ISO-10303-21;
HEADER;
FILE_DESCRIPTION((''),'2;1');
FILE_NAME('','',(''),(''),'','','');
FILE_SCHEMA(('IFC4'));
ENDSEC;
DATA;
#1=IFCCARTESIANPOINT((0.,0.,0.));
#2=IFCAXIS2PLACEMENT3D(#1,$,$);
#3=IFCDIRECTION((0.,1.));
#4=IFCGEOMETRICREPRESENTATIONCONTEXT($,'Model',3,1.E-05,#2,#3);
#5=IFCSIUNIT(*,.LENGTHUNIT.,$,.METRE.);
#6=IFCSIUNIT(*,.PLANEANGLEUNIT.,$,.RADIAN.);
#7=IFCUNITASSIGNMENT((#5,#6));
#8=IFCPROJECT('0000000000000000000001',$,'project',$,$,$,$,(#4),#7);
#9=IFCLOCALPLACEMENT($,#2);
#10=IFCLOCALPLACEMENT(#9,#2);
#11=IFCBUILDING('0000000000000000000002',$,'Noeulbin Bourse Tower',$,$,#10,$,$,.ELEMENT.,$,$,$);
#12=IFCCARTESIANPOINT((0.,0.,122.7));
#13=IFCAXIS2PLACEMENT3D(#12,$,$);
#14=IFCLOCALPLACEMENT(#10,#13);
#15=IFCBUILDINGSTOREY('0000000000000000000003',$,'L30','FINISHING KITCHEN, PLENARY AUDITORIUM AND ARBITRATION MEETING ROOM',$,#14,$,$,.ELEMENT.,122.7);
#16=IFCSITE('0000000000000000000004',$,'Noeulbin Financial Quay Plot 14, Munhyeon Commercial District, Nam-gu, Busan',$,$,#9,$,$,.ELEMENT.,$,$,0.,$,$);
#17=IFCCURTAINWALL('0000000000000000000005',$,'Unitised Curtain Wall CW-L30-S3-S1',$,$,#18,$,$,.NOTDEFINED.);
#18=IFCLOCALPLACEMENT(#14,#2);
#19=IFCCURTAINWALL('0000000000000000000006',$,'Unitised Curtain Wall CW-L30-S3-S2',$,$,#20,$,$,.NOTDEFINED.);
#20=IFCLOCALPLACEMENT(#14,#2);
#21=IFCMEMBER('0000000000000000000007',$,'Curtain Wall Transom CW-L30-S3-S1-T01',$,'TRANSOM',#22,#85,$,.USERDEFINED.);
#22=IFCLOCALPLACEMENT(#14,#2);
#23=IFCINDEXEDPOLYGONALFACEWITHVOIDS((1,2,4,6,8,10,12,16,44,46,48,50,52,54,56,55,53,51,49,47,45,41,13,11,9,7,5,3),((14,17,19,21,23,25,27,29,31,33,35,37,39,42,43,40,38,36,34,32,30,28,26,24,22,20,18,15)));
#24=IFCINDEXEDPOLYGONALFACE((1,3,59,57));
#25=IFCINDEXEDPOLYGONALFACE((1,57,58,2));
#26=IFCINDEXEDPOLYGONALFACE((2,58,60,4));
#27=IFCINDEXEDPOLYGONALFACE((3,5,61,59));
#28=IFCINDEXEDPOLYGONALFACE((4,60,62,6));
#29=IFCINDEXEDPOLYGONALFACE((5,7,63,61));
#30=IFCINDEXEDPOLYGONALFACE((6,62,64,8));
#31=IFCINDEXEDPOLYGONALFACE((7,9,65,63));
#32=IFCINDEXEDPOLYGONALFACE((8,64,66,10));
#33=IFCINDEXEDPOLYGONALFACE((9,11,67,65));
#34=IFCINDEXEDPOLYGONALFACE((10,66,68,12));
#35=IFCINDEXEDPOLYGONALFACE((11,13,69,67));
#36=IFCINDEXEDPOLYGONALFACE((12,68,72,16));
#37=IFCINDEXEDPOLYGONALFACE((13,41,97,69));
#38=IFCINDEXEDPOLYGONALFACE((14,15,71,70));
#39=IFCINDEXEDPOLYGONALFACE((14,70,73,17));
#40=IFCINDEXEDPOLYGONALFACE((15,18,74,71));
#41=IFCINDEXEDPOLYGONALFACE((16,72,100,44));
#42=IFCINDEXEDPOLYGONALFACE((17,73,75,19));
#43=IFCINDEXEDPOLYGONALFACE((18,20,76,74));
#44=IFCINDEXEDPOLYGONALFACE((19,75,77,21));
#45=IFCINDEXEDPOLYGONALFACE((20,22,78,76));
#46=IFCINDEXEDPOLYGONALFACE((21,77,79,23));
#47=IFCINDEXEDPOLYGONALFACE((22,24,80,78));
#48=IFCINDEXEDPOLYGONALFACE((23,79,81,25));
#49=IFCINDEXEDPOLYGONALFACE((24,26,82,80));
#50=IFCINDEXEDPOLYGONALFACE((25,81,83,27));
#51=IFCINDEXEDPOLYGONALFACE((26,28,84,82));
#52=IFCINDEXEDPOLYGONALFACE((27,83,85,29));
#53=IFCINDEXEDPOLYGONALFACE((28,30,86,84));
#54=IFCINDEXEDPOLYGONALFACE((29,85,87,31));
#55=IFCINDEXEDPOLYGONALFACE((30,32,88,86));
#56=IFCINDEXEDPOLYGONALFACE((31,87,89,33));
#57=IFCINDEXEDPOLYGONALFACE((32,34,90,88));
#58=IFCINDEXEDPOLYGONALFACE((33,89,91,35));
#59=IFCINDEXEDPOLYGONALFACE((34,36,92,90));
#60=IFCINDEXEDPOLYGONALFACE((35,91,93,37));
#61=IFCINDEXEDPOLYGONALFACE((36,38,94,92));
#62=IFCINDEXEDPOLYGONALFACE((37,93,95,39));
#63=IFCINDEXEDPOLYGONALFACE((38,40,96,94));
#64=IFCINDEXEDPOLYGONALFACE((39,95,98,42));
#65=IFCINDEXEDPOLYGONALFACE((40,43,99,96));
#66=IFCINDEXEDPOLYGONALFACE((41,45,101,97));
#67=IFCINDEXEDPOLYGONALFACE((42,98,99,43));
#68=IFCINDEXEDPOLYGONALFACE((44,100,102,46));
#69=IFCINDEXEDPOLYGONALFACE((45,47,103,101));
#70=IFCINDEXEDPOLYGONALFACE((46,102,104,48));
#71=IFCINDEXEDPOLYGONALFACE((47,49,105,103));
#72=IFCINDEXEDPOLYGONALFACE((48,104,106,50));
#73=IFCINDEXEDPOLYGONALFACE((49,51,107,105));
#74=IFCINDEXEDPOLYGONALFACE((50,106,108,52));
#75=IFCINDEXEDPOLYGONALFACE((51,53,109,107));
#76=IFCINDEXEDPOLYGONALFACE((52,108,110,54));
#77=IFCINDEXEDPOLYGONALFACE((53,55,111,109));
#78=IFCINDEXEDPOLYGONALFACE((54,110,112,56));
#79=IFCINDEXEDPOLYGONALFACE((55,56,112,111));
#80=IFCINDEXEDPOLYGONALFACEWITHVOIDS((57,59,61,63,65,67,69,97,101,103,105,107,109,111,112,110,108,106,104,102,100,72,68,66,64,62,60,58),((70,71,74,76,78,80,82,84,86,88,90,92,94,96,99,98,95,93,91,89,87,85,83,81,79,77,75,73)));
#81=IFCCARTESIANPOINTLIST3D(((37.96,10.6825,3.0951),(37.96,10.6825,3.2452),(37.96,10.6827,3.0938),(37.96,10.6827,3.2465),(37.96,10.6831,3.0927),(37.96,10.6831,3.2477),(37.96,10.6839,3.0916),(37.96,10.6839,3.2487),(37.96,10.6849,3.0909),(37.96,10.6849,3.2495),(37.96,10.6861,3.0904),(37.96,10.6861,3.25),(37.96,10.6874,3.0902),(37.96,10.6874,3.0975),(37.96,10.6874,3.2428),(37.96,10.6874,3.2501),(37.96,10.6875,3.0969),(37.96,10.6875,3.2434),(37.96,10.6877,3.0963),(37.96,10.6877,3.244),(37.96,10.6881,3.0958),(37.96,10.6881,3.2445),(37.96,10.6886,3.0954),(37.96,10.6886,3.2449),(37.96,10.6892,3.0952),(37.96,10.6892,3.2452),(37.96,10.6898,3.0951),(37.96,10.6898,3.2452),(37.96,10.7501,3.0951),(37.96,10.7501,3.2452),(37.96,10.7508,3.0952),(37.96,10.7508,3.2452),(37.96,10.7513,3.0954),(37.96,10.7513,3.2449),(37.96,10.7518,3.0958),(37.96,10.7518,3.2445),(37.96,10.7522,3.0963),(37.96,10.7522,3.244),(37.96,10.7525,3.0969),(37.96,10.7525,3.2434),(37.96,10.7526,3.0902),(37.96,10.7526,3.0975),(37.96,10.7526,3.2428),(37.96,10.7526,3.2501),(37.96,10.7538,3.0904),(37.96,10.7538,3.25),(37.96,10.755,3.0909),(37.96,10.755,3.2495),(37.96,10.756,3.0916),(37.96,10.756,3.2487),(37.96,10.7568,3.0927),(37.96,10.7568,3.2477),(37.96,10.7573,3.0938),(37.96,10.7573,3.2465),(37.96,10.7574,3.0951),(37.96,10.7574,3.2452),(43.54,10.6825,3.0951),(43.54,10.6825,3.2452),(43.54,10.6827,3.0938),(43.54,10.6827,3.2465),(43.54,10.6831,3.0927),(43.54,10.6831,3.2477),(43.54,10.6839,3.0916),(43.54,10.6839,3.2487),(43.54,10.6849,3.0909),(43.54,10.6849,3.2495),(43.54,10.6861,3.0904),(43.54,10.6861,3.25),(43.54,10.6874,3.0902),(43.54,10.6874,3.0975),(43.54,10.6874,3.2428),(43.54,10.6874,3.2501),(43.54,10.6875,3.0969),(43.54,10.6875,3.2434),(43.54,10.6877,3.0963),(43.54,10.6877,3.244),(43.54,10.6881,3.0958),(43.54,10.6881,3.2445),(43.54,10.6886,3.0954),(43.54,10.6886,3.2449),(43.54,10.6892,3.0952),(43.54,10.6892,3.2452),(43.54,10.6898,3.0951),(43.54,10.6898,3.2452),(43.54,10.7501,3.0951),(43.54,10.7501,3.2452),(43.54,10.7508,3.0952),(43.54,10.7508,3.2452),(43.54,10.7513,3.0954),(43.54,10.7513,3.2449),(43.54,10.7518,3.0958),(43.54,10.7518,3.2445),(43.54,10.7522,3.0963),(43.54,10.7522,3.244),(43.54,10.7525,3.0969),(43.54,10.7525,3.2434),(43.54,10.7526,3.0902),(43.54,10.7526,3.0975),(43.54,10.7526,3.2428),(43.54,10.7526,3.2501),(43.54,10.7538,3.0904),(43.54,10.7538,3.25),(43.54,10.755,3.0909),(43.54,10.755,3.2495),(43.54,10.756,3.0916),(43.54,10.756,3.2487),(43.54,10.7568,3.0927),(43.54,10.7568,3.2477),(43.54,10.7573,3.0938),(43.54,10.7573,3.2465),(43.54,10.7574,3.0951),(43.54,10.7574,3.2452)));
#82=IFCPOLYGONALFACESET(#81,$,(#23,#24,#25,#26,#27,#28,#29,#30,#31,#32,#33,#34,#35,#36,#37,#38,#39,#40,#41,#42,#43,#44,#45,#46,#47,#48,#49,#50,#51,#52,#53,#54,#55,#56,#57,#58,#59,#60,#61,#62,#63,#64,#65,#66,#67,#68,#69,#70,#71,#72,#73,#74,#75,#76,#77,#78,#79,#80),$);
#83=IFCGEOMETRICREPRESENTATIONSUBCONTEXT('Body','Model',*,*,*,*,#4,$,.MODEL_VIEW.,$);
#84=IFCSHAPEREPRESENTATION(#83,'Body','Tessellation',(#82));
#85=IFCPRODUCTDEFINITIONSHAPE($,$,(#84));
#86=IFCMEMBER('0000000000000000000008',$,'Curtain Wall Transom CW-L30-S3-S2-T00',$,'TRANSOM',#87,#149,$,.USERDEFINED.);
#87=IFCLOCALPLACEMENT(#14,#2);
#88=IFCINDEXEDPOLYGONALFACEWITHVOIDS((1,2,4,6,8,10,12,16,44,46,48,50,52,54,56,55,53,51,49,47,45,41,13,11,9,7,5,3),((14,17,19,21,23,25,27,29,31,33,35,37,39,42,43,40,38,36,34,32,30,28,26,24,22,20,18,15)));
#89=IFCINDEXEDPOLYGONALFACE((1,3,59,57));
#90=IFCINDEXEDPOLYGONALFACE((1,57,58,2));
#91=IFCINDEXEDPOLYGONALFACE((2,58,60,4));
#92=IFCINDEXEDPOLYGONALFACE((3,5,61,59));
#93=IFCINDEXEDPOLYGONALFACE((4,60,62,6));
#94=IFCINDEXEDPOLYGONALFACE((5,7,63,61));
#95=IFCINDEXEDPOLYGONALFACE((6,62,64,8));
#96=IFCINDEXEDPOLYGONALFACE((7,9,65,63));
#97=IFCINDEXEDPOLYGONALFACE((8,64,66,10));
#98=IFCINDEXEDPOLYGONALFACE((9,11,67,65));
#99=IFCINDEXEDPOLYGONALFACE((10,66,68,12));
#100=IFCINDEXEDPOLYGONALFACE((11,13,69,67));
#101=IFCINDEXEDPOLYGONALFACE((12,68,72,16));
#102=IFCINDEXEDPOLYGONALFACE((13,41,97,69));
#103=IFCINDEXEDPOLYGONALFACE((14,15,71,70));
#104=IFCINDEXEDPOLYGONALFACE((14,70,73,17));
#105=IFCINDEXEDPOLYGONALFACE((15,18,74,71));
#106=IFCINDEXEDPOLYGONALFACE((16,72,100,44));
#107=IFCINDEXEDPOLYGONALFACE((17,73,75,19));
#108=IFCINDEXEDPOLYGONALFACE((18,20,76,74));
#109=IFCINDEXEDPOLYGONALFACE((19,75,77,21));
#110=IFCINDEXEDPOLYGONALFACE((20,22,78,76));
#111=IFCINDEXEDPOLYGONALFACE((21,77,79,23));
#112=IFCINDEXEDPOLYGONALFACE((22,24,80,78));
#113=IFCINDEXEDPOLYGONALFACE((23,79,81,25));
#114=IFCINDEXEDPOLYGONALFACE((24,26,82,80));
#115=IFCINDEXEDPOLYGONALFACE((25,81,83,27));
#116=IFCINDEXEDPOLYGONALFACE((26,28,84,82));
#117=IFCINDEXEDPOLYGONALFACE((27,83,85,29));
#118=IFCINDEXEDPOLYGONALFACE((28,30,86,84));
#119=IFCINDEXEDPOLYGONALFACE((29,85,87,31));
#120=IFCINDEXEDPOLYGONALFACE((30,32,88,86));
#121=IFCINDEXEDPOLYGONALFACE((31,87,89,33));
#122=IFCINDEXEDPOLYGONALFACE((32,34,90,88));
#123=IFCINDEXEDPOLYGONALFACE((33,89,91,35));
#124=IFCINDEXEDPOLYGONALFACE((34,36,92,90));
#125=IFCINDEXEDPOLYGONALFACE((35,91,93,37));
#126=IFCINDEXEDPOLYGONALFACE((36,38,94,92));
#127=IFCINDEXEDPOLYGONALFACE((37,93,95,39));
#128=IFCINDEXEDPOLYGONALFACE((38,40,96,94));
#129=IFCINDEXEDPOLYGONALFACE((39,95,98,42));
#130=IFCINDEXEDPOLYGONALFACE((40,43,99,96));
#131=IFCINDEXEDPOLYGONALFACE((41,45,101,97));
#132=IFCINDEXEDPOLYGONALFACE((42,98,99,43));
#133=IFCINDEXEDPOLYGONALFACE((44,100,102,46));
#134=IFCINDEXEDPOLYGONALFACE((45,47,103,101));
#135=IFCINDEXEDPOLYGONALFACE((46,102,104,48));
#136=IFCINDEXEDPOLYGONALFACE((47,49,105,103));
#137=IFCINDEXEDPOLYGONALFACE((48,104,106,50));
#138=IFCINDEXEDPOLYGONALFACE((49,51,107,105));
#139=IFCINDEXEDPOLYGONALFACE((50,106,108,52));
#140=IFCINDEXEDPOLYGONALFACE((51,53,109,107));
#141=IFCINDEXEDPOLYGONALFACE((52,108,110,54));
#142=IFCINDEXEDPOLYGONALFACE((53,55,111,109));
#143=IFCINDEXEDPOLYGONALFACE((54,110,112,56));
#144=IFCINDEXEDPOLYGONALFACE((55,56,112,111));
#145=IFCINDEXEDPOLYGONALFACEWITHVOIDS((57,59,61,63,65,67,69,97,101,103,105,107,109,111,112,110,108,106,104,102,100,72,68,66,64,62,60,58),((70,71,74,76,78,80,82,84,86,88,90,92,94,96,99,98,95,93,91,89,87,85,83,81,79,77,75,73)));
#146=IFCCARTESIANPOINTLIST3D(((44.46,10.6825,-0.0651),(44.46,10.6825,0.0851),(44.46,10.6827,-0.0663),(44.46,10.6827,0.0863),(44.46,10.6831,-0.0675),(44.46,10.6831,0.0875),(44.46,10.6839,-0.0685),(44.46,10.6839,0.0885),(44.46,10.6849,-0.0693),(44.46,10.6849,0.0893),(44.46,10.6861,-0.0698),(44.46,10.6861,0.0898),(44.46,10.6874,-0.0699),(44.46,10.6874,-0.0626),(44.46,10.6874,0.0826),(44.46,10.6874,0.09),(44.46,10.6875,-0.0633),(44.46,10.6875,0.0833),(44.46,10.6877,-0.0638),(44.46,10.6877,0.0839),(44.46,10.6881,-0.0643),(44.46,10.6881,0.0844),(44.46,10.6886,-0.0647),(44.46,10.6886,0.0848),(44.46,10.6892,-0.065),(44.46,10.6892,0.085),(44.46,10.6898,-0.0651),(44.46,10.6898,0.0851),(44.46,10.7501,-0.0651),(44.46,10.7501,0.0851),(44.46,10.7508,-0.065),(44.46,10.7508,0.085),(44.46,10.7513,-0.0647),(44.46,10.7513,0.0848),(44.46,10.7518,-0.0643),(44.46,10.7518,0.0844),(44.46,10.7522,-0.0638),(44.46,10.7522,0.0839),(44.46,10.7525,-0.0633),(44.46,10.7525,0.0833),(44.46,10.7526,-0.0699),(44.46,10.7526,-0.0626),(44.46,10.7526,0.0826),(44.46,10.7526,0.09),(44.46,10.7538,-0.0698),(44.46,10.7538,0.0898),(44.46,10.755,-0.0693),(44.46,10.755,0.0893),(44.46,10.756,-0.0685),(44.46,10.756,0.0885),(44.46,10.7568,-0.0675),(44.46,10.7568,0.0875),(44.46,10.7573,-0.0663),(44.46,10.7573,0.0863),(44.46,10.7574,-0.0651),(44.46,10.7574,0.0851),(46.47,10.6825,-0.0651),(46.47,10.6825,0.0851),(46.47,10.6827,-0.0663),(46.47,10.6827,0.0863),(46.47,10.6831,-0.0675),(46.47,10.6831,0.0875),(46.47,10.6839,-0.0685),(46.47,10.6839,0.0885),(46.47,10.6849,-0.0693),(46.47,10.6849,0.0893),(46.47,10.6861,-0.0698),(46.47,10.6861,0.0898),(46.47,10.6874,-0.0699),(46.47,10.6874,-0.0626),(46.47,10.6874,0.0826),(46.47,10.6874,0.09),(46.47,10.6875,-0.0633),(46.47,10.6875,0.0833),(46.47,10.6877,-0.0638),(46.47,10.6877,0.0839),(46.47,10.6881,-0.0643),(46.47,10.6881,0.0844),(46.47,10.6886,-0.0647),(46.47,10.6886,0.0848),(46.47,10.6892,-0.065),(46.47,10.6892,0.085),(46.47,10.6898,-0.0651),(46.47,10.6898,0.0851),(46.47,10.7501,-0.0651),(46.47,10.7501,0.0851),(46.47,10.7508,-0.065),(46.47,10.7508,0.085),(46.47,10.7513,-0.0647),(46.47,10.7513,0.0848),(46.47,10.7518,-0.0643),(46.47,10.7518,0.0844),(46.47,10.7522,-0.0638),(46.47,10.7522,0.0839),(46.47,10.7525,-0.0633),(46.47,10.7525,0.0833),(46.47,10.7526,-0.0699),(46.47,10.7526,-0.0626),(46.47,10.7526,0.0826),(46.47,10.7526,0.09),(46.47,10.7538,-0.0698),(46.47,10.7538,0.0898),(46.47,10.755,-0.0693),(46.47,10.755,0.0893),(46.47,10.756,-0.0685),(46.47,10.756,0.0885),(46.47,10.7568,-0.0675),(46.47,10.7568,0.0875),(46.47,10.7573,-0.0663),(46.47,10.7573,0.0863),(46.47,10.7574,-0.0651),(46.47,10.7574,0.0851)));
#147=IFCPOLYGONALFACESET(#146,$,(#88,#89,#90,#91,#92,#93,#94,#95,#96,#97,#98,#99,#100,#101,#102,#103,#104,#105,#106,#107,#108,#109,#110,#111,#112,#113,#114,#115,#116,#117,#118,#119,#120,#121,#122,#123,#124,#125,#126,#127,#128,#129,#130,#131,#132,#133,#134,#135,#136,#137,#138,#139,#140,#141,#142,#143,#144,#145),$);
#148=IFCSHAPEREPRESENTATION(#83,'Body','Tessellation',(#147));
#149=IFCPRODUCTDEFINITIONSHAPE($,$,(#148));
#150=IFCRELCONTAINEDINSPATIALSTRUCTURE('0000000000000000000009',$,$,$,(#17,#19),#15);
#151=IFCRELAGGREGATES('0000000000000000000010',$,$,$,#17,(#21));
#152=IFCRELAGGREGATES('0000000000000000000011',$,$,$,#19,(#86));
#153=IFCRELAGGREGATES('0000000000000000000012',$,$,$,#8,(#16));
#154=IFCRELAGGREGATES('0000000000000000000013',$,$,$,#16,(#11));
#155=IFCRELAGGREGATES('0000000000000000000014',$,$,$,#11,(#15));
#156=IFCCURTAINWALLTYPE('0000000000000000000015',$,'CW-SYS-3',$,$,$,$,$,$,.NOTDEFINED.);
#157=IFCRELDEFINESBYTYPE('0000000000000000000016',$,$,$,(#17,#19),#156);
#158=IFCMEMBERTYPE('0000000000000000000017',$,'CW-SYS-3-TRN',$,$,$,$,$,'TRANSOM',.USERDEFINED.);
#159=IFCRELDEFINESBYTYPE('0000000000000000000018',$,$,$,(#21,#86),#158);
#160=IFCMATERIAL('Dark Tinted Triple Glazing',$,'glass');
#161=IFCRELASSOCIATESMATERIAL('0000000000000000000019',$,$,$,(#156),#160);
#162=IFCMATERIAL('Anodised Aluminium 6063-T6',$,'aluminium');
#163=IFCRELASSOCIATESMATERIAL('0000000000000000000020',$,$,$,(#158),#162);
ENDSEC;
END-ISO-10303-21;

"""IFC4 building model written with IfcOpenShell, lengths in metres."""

from ifc_helpers import new_model, si_unit, direction, frame, origin, origin_2d, place, context, subcontext, project, spatial, hollow_rectangle, extrude, material, material_profile, profile_set, type_object, element, aggregate, save


model = new_model("IFC4")

# Units and contexts
model_context = context("Model", 3, precision=1e-05, world=origin(), true_north=direction((0.0, 1.0)))
body_context = subcontext(model_context, "Body", "Model", "MODEL_VIEW")
ifc_project = project(units=[si_unit("LENGTHUNIT", "METRE"), si_unit("PLANEANGLEUNIT", "RADIAN")], contexts=[model_context])

# Site, building, storey
site_placement = place(None, origin())
site = spatial("IfcSite", under=ifc_project, at=site_placement, Name="Noeulbin Financial Quay Plot 14, Munhyeon Commercial District, Nam-gu, Busan", CompositionType="ELEMENT", RefElevation=0.0)
building_placement = place(site_placement, origin())
building = spatial("IfcBuilding", under=site, at=building_placement, Name="Noeulbin Bourse Tower", CompositionType="ELEMENT")
storey_placement = place(building_placement, frame((0.0, 0.0, 122.7)))
storey = spatial("IfcBuildingStorey", under=building, at=storey_placement, Name="L30", Description="FINISHING KITCHEN, PLENARY AUDITORIUM AND ARBITRATION MEETING ROOM", CompositionType="ELEMENT", Elevation=122.7)

# Curtain walls
ifc_material_1 = material(Name="Dark Tinted Triple Glazing", Category="glass")
curtain_wall_type = type_object("IfcCurtainWallType", Name="CW-SYS-3", PredefinedType="NOTDEFINED", material=ifc_material_1)
curtain_wall_1_placement = place(storey_placement, origin())
curtain_wall_1 = element("IfcCurtainWall", 1, at=curtain_wall_1_placement, inside=storey, type_object=curtain_wall_type, Name="Unitised Curtain Wall CW-L30-S3-S1", PredefinedType="NOTDEFINED")
ifc_material_2 = material(Name="Anodised Aluminium 6063-T6", Category="aluminium")
curtain_wall_2_placement = place(storey_placement, origin())
curtain_wall_2 = element("IfcCurtainWall", 2, at=curtain_wall_2_placement, inside=storey, type_object=curtain_wall_type, Name="Unitised Curtain Wall CW-L30-S3-S2", PredefinedType="NOTDEFINED")

# Members
ifc_material_profile_1 = material_profile(ifc_material_2, hollow_rectangle(XDim=0.075, YDim=0.1599, WallThickness=0.0049, InnerFilletRadius=0.0024, OuterFilletRadius=0.0049, at=origin_2d()), Name="ALU-TRAN-75x160x5", Category="LoadBearing")
ifc_profile_set_1 = profile_set([ifc_material_profile_1], Name="Anodised Aluminium 6063-T6")
member_type_1 = type_object("IfcMemberType", Name="CW-SYS-3-TRN", ElementType="TRANSOM", PredefinedType="USERDEFINED", material=ifc_profile_set_1)
member_1_placement = place(storey_placement, frame((37.96, 10.72, 3.1702), z_axis=(1.0, 0.0, 0.0), x_axis=(0.0, 1.0, 0.0)))
member_1 = element("IfcMember", 3, at=member_1_placement, type_object=member_type_1, Name="Curtain Wall Transom CW-L30-S3-S1-T01", ObjectType="TRANSOM", PredefinedType="USERDEFINED", context=body_context, shape_type="SweptSolid", body=[
    extrude(hollow_rectangle(XDim=0.075, YDim=0.1599, WallThickness=0.0049, InnerFilletRadius=0.0024, OuterFilletRadius=0.0049, at=origin_2d()), origin(), (0.0, 0.0, 1.0), 5.5801),
])
member_2_placement = place(storey_placement, frame((44.46, 10.72, 0.01), z_axis=(1.0, 0.0, 0.0), x_axis=(0.0, 1.0, 0.0)))
member_2 = element("IfcMember", 4, at=member_2_placement, type_object=member_type_1, Name="Curtain Wall Transom CW-L30-S3-S2-T00", ObjectType="TRANSOM", PredefinedType="USERDEFINED", context=body_context, shape_type="SweptSolid", body=[
    extrude(hollow_rectangle(XDim=0.075, YDim=0.1599, WallThickness=0.0049, InnerFilletRadius=0.0024, OuterFilletRadius=0.0049, at=origin_2d()), origin(), (0.0, 0.0, 1.0), 2.01),
])

aggregate(curtain_wall_1, [member_1])
aggregate(curtain_wall_2, [member_2])

save(model, "model.ifc")
